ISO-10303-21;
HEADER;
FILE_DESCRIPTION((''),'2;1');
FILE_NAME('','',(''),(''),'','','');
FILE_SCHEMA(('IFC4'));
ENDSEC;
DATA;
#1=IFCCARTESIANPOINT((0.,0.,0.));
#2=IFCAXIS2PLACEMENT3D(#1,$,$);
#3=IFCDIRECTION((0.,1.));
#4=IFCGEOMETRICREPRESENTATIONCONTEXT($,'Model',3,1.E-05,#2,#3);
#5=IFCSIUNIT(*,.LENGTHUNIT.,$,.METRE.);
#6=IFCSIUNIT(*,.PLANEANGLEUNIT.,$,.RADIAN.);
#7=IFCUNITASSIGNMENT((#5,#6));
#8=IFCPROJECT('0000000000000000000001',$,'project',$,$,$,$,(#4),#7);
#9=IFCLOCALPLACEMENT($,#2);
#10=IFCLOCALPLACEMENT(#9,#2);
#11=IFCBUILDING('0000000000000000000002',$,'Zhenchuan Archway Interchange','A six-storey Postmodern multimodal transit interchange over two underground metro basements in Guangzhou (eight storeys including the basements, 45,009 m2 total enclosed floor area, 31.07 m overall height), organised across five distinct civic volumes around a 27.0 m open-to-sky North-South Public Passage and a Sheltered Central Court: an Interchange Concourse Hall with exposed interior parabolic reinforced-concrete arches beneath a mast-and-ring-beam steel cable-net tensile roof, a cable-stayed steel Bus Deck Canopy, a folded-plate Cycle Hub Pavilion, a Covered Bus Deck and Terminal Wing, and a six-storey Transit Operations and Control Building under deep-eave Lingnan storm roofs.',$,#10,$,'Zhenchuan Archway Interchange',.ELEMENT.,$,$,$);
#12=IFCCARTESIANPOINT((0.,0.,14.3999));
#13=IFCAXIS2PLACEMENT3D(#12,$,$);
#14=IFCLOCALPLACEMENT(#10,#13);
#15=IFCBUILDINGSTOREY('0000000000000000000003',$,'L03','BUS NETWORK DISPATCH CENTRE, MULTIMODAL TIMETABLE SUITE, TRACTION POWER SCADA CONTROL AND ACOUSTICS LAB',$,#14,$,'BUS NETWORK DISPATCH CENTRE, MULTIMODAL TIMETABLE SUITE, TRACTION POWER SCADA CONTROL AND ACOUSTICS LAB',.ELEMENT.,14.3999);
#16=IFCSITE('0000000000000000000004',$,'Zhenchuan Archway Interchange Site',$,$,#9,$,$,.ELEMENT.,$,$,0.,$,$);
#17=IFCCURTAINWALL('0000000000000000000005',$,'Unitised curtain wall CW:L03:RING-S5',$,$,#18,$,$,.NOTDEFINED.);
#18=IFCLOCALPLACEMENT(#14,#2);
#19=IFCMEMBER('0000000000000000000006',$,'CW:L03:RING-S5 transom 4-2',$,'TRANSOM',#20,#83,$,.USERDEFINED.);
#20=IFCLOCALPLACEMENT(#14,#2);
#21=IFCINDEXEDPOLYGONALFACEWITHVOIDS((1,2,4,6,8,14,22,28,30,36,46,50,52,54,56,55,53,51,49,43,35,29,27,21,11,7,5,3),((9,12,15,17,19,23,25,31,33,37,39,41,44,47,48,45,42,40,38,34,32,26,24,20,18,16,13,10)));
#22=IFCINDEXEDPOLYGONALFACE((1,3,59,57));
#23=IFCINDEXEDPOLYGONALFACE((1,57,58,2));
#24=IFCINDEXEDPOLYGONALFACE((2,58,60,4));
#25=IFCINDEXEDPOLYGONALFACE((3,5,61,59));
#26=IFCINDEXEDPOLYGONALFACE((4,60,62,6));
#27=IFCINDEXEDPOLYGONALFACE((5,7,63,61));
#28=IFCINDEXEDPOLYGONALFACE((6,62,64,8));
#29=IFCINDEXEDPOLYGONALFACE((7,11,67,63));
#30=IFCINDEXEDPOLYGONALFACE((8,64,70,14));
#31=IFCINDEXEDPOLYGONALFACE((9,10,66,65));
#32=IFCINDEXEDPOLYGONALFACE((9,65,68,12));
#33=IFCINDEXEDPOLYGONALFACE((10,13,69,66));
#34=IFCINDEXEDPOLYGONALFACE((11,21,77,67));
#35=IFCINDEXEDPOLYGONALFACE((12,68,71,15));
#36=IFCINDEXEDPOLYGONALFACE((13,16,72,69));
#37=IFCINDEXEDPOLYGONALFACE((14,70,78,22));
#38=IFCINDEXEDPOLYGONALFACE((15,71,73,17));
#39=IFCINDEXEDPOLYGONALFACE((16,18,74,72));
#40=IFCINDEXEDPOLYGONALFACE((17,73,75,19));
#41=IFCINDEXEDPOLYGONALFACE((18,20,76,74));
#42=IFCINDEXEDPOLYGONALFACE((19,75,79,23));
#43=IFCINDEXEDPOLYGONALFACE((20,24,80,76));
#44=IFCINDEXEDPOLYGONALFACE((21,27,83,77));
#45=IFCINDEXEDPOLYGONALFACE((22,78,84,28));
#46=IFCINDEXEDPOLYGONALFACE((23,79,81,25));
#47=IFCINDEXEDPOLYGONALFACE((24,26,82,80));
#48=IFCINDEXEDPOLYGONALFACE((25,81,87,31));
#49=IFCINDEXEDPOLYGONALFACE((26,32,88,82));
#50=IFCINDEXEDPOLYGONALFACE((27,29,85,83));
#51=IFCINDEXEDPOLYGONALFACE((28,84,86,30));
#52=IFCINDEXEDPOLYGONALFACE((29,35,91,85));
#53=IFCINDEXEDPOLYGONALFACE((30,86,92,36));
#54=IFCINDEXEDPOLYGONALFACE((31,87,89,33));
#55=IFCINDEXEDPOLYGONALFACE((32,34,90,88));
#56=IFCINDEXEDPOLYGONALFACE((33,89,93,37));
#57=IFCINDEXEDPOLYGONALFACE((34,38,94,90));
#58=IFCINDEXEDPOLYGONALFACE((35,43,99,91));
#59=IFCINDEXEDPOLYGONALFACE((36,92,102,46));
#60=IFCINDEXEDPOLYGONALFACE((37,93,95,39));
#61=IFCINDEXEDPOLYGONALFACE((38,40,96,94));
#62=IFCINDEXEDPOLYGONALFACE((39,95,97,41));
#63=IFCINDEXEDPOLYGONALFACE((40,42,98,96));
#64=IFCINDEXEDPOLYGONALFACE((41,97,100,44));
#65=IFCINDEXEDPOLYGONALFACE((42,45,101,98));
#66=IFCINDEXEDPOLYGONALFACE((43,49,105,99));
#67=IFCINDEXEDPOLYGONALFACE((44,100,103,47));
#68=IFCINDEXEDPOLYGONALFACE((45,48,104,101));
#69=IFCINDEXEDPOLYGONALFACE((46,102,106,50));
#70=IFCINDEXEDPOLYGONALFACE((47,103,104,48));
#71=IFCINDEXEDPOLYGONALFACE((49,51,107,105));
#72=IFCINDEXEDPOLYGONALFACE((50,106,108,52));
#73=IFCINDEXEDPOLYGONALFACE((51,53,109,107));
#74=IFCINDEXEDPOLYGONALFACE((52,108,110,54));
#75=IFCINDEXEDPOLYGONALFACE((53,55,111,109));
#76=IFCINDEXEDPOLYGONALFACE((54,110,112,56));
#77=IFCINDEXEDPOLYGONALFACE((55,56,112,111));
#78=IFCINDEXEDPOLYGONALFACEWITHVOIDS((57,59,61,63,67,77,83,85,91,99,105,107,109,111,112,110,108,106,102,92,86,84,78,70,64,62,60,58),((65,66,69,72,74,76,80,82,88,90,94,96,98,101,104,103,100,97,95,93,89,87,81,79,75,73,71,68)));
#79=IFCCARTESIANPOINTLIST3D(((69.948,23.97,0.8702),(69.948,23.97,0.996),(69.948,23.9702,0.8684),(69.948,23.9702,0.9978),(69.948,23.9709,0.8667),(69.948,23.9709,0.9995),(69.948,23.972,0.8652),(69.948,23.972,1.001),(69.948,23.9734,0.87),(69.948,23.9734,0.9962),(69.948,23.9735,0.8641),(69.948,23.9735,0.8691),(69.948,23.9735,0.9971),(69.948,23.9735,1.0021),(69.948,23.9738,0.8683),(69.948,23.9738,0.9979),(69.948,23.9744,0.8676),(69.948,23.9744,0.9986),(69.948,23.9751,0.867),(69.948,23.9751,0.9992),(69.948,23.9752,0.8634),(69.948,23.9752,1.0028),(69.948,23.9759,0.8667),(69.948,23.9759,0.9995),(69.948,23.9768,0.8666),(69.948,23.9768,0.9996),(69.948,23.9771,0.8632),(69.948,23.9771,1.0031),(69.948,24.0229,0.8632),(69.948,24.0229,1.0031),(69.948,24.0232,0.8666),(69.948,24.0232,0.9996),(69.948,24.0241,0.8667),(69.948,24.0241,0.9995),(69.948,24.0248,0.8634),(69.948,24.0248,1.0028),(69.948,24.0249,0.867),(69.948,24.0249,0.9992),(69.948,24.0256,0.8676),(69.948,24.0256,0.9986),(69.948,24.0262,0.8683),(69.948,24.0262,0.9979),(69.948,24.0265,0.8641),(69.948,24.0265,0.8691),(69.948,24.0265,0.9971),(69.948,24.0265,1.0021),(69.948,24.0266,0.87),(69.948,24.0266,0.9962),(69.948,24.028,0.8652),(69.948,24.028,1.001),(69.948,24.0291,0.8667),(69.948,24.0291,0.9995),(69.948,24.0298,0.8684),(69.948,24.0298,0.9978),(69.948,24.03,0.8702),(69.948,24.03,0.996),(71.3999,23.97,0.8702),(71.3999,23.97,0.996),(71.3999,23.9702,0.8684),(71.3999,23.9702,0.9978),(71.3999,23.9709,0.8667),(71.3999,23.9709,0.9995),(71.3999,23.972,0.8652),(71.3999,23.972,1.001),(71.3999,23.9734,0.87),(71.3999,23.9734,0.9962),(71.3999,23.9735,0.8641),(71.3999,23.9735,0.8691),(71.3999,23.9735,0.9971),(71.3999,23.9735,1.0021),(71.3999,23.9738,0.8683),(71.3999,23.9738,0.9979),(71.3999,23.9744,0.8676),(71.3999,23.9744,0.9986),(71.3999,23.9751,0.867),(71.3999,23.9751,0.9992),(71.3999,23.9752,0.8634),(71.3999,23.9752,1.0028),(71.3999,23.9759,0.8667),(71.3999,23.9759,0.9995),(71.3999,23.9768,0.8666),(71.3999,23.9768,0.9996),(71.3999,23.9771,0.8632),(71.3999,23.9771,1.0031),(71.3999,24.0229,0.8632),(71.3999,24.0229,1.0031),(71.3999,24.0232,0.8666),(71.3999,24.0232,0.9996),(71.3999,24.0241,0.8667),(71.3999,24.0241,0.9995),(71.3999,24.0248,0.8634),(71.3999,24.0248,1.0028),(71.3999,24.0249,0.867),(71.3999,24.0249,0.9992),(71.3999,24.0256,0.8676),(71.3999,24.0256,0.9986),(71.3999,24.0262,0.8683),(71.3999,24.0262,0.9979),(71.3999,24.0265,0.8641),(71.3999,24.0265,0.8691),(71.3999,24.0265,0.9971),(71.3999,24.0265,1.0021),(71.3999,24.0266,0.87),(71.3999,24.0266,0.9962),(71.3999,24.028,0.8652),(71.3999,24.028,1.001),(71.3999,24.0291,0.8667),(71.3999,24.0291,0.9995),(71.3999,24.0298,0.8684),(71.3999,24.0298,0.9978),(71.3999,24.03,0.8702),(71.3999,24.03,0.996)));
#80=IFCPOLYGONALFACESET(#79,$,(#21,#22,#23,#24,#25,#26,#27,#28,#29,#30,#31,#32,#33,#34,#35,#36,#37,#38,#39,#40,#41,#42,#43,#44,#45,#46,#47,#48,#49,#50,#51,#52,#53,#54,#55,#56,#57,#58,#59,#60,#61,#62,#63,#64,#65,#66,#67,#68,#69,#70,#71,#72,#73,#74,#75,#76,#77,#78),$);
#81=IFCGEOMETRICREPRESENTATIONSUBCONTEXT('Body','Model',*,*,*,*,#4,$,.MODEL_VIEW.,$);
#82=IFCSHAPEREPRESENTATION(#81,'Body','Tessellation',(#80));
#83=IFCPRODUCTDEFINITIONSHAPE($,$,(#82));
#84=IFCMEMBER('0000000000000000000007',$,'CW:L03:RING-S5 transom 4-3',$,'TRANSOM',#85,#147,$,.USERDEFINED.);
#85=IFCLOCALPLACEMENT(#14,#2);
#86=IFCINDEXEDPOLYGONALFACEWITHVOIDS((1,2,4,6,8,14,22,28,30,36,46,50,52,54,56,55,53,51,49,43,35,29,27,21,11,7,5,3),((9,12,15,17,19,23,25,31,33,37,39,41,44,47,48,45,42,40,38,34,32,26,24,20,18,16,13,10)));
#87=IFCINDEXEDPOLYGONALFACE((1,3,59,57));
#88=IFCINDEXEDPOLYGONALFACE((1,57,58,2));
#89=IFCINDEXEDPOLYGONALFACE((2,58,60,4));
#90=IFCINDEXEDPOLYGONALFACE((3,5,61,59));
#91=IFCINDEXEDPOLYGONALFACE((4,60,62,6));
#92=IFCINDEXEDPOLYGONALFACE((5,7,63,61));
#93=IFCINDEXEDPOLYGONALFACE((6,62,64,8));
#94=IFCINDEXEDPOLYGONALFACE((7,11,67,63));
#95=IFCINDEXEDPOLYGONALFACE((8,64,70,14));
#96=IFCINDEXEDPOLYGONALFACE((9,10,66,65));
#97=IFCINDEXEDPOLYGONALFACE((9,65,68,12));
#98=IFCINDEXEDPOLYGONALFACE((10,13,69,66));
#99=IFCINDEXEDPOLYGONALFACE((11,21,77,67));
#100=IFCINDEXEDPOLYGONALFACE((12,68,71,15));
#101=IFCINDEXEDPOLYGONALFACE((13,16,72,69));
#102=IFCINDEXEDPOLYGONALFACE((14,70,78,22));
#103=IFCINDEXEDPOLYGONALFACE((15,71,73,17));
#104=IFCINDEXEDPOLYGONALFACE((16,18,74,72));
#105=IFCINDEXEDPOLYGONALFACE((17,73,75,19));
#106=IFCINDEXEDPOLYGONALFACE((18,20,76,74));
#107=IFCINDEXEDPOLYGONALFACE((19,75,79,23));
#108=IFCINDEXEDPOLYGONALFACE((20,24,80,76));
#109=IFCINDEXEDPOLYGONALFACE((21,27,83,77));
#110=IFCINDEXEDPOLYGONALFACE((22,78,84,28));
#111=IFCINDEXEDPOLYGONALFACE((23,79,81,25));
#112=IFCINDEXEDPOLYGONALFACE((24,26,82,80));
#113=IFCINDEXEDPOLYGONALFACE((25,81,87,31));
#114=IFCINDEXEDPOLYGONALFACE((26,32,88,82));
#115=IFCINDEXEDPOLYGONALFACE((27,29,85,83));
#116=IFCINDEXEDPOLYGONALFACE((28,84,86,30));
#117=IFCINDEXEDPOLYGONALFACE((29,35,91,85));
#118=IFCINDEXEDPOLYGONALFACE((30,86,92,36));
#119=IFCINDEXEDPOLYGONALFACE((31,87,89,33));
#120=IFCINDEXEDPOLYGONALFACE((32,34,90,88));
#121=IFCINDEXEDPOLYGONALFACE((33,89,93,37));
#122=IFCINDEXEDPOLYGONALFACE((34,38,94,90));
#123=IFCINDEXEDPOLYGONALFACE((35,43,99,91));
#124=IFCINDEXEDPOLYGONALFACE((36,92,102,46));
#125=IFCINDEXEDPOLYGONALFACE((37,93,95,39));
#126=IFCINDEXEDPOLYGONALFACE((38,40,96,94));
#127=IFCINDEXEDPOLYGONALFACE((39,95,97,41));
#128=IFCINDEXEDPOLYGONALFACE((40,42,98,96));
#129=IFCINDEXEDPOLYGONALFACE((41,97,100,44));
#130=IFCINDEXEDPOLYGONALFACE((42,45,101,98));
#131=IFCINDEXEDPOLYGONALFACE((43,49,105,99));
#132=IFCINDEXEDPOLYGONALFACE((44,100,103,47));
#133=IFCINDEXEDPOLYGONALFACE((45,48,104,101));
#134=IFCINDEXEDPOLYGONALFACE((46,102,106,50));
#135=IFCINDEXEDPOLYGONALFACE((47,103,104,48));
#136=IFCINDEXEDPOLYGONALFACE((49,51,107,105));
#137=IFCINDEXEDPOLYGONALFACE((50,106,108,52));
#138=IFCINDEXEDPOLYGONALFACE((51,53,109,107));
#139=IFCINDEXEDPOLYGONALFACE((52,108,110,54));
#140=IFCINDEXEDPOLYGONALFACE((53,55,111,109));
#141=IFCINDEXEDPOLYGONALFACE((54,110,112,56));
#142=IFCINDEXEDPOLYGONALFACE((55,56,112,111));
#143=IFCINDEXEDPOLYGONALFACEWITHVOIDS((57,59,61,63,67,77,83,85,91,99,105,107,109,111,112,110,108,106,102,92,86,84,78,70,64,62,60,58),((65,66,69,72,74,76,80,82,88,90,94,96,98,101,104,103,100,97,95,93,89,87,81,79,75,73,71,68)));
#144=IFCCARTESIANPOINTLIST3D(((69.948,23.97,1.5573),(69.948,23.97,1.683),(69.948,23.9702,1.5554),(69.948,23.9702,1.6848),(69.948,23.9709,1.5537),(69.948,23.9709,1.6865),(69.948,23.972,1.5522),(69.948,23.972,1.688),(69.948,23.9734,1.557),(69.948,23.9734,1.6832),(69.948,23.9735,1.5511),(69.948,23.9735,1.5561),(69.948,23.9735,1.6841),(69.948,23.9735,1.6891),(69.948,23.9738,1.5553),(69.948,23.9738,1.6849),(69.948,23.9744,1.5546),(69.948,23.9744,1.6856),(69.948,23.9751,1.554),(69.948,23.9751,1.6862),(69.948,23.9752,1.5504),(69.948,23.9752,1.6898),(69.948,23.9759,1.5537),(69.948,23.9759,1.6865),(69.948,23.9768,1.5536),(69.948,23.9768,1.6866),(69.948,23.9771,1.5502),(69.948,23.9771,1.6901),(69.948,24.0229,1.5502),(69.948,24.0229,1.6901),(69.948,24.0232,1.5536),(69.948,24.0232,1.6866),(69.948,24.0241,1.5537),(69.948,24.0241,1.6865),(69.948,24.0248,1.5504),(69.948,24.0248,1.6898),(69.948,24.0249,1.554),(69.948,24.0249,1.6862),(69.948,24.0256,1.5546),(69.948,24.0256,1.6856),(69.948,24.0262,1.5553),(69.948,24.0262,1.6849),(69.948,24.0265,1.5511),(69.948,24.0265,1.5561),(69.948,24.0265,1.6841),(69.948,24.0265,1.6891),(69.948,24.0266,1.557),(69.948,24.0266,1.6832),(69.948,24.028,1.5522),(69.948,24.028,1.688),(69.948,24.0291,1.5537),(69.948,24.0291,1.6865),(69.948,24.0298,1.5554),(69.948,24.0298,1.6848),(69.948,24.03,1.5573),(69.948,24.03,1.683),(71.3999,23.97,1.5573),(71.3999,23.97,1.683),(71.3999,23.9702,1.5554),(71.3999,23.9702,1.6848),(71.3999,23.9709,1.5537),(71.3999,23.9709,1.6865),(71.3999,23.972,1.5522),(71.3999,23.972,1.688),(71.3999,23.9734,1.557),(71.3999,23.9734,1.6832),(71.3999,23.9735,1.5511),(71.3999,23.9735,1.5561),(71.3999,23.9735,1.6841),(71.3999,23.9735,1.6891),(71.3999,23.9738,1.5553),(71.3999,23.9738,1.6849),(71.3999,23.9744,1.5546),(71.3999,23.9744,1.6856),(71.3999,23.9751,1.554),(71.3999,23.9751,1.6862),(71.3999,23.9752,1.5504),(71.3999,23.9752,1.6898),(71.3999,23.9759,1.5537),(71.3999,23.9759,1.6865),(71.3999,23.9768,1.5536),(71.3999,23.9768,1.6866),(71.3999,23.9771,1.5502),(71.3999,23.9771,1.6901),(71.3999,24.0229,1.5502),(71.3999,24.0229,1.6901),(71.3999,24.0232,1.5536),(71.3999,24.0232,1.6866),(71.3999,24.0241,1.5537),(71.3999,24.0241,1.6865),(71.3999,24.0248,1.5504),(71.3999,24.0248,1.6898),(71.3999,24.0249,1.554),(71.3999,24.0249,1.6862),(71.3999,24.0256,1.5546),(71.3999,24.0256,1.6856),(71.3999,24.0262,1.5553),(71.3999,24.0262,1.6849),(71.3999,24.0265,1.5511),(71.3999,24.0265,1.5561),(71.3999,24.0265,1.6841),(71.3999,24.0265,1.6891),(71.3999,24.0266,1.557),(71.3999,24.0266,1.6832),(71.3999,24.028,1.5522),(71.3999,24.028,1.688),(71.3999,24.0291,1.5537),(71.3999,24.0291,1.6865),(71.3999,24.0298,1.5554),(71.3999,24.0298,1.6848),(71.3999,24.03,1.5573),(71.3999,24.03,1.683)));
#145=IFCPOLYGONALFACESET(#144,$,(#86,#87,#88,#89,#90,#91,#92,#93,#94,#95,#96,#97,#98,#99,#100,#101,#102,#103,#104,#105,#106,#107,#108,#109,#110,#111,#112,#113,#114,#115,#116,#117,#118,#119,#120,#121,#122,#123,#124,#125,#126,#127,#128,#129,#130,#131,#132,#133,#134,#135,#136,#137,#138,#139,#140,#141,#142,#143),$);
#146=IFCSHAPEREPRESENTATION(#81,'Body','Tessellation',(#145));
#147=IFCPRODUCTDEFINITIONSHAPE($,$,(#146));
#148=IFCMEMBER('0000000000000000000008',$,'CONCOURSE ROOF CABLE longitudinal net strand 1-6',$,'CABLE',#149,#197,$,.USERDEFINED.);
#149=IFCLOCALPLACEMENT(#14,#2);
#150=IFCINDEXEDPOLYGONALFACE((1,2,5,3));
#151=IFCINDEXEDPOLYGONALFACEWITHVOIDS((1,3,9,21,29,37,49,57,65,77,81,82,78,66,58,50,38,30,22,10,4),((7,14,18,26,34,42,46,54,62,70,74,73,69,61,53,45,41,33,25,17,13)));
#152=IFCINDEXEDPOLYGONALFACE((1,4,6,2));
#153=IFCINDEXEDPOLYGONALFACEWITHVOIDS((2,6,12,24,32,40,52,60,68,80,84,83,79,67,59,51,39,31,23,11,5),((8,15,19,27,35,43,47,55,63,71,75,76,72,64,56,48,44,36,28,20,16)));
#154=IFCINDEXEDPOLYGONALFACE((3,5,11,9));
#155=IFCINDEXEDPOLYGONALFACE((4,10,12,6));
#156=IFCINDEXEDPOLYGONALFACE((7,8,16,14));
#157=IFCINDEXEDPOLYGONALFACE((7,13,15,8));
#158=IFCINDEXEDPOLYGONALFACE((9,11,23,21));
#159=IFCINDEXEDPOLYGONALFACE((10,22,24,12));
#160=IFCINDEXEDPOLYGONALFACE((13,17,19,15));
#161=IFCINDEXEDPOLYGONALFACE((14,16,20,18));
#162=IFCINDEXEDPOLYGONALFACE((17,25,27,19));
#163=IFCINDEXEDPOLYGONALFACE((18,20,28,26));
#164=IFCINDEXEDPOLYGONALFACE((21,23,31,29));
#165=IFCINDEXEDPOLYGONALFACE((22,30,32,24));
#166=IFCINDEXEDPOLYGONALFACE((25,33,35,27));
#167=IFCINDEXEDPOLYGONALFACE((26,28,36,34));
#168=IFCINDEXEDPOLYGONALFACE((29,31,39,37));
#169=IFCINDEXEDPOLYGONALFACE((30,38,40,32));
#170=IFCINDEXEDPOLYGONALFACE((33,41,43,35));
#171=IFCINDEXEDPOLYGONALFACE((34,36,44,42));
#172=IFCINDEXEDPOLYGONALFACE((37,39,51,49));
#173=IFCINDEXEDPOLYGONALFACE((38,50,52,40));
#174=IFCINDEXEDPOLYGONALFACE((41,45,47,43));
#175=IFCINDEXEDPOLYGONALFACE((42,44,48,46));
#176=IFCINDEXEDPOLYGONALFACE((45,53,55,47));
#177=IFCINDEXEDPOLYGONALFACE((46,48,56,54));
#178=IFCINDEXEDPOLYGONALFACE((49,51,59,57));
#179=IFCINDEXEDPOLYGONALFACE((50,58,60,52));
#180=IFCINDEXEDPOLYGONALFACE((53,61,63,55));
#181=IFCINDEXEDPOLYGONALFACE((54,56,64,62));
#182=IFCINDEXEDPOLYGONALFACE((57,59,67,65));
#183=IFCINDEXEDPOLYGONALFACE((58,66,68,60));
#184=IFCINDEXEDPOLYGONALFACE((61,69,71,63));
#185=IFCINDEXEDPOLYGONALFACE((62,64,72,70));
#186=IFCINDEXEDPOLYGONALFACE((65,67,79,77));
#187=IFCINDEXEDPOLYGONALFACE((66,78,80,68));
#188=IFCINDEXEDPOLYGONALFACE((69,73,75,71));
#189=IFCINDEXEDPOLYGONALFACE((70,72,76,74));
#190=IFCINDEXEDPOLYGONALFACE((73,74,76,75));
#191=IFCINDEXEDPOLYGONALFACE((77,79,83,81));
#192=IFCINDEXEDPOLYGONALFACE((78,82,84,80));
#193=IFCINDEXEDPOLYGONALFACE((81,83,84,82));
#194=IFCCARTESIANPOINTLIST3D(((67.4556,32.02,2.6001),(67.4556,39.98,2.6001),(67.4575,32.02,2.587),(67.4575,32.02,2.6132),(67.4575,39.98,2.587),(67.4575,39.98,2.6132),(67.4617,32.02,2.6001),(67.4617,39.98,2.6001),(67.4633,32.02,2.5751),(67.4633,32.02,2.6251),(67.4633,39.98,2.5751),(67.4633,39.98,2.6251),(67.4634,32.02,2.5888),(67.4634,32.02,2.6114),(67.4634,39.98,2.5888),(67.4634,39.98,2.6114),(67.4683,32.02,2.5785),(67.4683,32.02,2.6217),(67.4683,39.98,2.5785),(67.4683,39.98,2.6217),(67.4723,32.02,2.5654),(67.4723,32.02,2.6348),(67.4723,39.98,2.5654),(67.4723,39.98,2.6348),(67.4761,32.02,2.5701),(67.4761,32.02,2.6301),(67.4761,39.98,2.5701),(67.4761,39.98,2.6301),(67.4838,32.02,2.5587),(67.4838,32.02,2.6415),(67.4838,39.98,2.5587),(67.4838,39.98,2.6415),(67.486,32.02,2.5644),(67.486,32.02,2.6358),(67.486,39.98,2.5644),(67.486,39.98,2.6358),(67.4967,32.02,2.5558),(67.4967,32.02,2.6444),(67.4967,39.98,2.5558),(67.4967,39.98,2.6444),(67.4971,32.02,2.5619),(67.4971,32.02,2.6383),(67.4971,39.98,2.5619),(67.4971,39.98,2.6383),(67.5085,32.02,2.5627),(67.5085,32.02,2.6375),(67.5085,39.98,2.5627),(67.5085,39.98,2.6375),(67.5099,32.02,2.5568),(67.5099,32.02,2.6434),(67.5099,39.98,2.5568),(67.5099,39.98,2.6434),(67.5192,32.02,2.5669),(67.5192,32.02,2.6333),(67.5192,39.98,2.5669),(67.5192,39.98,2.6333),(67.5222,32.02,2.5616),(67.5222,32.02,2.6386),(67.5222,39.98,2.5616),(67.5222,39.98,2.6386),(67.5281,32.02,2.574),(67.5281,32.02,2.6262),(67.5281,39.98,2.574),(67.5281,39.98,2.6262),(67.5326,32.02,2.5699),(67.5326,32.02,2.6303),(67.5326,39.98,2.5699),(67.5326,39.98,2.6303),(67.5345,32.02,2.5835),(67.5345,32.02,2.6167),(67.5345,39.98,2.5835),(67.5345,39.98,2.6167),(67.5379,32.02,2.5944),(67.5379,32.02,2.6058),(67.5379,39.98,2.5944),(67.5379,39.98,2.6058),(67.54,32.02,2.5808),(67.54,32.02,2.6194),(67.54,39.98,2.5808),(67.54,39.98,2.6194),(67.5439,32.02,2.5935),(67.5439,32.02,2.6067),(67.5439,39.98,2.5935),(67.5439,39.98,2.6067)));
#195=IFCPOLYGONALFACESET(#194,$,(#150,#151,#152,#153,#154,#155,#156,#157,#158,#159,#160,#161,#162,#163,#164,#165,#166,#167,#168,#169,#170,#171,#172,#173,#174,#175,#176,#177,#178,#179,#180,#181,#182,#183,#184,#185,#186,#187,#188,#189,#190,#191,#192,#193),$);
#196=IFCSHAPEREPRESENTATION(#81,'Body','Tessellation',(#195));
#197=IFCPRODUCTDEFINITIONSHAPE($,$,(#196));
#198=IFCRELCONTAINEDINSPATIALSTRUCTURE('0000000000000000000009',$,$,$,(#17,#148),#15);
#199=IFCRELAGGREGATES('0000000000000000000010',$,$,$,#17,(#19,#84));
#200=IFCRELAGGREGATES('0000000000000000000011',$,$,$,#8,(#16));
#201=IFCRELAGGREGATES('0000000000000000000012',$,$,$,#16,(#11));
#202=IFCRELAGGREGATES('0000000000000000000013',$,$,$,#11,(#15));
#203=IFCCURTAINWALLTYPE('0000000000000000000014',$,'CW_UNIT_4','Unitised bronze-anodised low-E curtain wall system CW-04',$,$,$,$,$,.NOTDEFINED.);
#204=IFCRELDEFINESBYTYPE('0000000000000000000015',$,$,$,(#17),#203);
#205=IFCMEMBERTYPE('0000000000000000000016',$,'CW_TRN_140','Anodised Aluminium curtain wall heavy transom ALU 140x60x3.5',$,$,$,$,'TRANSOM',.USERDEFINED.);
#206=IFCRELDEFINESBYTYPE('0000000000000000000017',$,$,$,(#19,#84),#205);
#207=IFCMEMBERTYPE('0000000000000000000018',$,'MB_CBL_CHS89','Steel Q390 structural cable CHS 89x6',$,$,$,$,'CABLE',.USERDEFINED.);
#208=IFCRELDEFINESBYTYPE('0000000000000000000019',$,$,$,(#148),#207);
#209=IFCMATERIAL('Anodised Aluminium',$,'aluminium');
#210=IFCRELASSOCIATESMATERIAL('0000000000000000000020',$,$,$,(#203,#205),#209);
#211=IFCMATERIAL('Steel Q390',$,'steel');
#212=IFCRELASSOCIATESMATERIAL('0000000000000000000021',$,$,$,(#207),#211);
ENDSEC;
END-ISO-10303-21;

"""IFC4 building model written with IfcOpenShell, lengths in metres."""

from ifc_helpers import new_model, si_unit, direction, frame, origin, origin_2d, place, context, subcontext, project, spatial, hollow_rectangle, hollow_circle, extrude, material, material_profile, profile_set, type_object, element, aggregate, save


model = new_model("IFC4")

# Units and contexts
model_context = context("Model", 3, precision=1e-05, world=origin(), true_north=direction((0.0, 1.0)))
body_context = subcontext(model_context, "Body", "Model", "MODEL_VIEW")
ifc_project = project(units=[si_unit("LENGTHUNIT", "METRE"), si_unit("PLANEANGLEUNIT", "RADIAN")], contexts=[model_context])

# Site, building, storey
site_placement = place(None, origin())
site = spatial("IfcSite", under=ifc_project, at=site_placement, Name="Zhenchuan Archway Interchange Site", CompositionType="ELEMENT", RefElevation=0.0)
building_placement = place(site_placement, origin())
building = spatial("IfcBuilding", under=site, at=building_placement, Name="Zhenchuan Archway Interchange", Description="A six-storey Postmodern multimodal transit interchange over two underground metro basements in Guangzhou (eight storeys including the basements, 45,009 m2 total enclosed floor area, 31.07 m overall height), organised across five distinct civic volumes around a 27.0 m open-to-sky North-South Public Passage and a Sheltered Central Court: an Interchange Concourse Hall with exposed interior parabolic reinforced-concrete arches beneath a mast-and-ring-beam steel cable-net tensile roof, a cable-stayed steel Bus Deck Canopy, a folded-plate Cycle Hub Pavilion, a Covered Bus Deck and Terminal Wing, and a six-storey Transit Operations and Control Building under deep-eave Lingnan storm roofs.", LongName="Zhenchuan Archway Interchange", CompositionType="ELEMENT")
storey_placement = place(building_placement, frame((0.0, 0.0, 14.3999)))
storey = spatial("IfcBuildingStorey", under=building, at=storey_placement, Name="L03", Description="BUS NETWORK DISPATCH CENTRE, MULTIMODAL TIMETABLE SUITE, TRACTION POWER SCADA CONTROL AND ACOUSTICS LAB", LongName="BUS NETWORK DISPATCH CENTRE, MULTIMODAL TIMETABLE SUITE, TRACTION POWER SCADA CONTROL AND ACOUSTICS LAB", CompositionType="ELEMENT", Elevation=14.3999)

# Shared definitions
ifc_material_1 = material(Name="Steel Q390", Category="steel")

# Curtain wall
ifc_material_2 = material(Name="Anodised Aluminium", Category="aluminium")
curtain_wall_type_1 = type_object("IfcCurtainWallType", Name="CW_UNIT_4", Description="Unitised bronze-anodised low-E curtain wall system CW-04", PredefinedType="NOTDEFINED", material=ifc_material_2)
curtain_wall_1_placement = place(storey_placement, origin())
curtain_wall_1 = element("IfcCurtainWall", 1, at=curtain_wall_1_placement, inside=storey, type_object=curtain_wall_type_1, Name="Unitised curtain wall CW:L03:RING-S5", PredefinedType="NOTDEFINED")

# Members
ifc_material_profile_1 = material_profile(ifc_material_2, hollow_rectangle(XDim=0.0601, YDim=0.1399, WallThickness=0.0034, InnerFilletRadius=0.0034, OuterFilletRadius=0.0071, at=origin_2d()), Name="ALU 140x60x3.5")
ifc_profile_set_1 = profile_set([ifc_material_profile_1], Name="Anodised Aluminium")
member_type_1 = type_object("IfcMemberType", Name="CW_TRN_140", Description="Anodised Aluminium curtain wall heavy transom ALU 140x60x3.5", ElementType="TRANSOM", PredefinedType="USERDEFINED", material=ifc_profile_set_1)
member_1_placement = place(storey_placement, frame((69.948, 24.0, 0.9331), z_axis=(1.0, 0.0, 0.0), x_axis=(0.0, 1.0, 0.0)))
member_1 = element("IfcMember", 2, at=member_1_placement, type_object=member_type_1, Name="CW:L03:RING-S5 transom 4-2", ObjectType="TRANSOM", PredefinedType="USERDEFINED", context=body_context, shape_type="SweptSolid", body=[
    extrude(hollow_rectangle(XDim=0.0601, YDim=0.1399, WallThickness=0.0034, InnerFilletRadius=0.0034, OuterFilletRadius=0.0071, at=origin_2d()), origin(), (0.0, 0.0, 1.0), 1.4519),
])
member_2_placement = place(storey_placement, frame((69.948, 24.0, 1.6201), z_axis=(1.0, 0.0, 0.0), x_axis=(0.0, 1.0, 0.0)))
member_2 = element("IfcMember", 3, at=member_2_placement, type_object=member_type_1, Name="CW:L03:RING-S5 transom 4-3", ObjectType="TRANSOM", PredefinedType="USERDEFINED", context=body_context, shape_type="SweptSolid", body=[
    extrude(hollow_rectangle(XDim=0.0601, YDim=0.1399, WallThickness=0.0034, InnerFilletRadius=0.0034, OuterFilletRadius=0.0071, at=origin_2d()), origin(), (0.0, 0.0, 1.0), 1.4519),
])
ifc_material_profile_2 = material_profile(ifc_material_1, hollow_circle(Radius=0.0444, WallThickness=0.0061, at=origin_2d()), Name="CHS 89x6")
ifc_profile_set_2 = profile_set([ifc_material_profile_2], Name="Steel Q390")
member_type_2 = type_object("IfcMemberType", Name="MB_CBL_CHS89", Description="Steel Q390 structural cable CHS 89x6", ElementType="CABLE", PredefinedType="USERDEFINED", material=ifc_profile_set_2)
member_3_placement = place(storey_placement, frame((67.5, 32.02, 2.6001), z_axis=(0.0, 1.0, 0.0), x_axis=(-1.0, 0.0, 0.0)))
element("IfcMember", 4, at=member_3_placement, inside=storey, type_object=member_type_2, Name="CONCOURSE ROOF CABLE longitudinal net strand 1-6", ObjectType="CABLE", PredefinedType="USERDEFINED", context=body_context, shape_type="SweptSolid", body=[
    extrude(hollow_circle(Radius=0.0444, WallThickness=0.0061, at=origin_2d()), origin(), (0.0, 0.0, 1.0), 7.96),
])

aggregate(curtain_wall_1, [member_1, member_2])

save(model, "model.ifc")
